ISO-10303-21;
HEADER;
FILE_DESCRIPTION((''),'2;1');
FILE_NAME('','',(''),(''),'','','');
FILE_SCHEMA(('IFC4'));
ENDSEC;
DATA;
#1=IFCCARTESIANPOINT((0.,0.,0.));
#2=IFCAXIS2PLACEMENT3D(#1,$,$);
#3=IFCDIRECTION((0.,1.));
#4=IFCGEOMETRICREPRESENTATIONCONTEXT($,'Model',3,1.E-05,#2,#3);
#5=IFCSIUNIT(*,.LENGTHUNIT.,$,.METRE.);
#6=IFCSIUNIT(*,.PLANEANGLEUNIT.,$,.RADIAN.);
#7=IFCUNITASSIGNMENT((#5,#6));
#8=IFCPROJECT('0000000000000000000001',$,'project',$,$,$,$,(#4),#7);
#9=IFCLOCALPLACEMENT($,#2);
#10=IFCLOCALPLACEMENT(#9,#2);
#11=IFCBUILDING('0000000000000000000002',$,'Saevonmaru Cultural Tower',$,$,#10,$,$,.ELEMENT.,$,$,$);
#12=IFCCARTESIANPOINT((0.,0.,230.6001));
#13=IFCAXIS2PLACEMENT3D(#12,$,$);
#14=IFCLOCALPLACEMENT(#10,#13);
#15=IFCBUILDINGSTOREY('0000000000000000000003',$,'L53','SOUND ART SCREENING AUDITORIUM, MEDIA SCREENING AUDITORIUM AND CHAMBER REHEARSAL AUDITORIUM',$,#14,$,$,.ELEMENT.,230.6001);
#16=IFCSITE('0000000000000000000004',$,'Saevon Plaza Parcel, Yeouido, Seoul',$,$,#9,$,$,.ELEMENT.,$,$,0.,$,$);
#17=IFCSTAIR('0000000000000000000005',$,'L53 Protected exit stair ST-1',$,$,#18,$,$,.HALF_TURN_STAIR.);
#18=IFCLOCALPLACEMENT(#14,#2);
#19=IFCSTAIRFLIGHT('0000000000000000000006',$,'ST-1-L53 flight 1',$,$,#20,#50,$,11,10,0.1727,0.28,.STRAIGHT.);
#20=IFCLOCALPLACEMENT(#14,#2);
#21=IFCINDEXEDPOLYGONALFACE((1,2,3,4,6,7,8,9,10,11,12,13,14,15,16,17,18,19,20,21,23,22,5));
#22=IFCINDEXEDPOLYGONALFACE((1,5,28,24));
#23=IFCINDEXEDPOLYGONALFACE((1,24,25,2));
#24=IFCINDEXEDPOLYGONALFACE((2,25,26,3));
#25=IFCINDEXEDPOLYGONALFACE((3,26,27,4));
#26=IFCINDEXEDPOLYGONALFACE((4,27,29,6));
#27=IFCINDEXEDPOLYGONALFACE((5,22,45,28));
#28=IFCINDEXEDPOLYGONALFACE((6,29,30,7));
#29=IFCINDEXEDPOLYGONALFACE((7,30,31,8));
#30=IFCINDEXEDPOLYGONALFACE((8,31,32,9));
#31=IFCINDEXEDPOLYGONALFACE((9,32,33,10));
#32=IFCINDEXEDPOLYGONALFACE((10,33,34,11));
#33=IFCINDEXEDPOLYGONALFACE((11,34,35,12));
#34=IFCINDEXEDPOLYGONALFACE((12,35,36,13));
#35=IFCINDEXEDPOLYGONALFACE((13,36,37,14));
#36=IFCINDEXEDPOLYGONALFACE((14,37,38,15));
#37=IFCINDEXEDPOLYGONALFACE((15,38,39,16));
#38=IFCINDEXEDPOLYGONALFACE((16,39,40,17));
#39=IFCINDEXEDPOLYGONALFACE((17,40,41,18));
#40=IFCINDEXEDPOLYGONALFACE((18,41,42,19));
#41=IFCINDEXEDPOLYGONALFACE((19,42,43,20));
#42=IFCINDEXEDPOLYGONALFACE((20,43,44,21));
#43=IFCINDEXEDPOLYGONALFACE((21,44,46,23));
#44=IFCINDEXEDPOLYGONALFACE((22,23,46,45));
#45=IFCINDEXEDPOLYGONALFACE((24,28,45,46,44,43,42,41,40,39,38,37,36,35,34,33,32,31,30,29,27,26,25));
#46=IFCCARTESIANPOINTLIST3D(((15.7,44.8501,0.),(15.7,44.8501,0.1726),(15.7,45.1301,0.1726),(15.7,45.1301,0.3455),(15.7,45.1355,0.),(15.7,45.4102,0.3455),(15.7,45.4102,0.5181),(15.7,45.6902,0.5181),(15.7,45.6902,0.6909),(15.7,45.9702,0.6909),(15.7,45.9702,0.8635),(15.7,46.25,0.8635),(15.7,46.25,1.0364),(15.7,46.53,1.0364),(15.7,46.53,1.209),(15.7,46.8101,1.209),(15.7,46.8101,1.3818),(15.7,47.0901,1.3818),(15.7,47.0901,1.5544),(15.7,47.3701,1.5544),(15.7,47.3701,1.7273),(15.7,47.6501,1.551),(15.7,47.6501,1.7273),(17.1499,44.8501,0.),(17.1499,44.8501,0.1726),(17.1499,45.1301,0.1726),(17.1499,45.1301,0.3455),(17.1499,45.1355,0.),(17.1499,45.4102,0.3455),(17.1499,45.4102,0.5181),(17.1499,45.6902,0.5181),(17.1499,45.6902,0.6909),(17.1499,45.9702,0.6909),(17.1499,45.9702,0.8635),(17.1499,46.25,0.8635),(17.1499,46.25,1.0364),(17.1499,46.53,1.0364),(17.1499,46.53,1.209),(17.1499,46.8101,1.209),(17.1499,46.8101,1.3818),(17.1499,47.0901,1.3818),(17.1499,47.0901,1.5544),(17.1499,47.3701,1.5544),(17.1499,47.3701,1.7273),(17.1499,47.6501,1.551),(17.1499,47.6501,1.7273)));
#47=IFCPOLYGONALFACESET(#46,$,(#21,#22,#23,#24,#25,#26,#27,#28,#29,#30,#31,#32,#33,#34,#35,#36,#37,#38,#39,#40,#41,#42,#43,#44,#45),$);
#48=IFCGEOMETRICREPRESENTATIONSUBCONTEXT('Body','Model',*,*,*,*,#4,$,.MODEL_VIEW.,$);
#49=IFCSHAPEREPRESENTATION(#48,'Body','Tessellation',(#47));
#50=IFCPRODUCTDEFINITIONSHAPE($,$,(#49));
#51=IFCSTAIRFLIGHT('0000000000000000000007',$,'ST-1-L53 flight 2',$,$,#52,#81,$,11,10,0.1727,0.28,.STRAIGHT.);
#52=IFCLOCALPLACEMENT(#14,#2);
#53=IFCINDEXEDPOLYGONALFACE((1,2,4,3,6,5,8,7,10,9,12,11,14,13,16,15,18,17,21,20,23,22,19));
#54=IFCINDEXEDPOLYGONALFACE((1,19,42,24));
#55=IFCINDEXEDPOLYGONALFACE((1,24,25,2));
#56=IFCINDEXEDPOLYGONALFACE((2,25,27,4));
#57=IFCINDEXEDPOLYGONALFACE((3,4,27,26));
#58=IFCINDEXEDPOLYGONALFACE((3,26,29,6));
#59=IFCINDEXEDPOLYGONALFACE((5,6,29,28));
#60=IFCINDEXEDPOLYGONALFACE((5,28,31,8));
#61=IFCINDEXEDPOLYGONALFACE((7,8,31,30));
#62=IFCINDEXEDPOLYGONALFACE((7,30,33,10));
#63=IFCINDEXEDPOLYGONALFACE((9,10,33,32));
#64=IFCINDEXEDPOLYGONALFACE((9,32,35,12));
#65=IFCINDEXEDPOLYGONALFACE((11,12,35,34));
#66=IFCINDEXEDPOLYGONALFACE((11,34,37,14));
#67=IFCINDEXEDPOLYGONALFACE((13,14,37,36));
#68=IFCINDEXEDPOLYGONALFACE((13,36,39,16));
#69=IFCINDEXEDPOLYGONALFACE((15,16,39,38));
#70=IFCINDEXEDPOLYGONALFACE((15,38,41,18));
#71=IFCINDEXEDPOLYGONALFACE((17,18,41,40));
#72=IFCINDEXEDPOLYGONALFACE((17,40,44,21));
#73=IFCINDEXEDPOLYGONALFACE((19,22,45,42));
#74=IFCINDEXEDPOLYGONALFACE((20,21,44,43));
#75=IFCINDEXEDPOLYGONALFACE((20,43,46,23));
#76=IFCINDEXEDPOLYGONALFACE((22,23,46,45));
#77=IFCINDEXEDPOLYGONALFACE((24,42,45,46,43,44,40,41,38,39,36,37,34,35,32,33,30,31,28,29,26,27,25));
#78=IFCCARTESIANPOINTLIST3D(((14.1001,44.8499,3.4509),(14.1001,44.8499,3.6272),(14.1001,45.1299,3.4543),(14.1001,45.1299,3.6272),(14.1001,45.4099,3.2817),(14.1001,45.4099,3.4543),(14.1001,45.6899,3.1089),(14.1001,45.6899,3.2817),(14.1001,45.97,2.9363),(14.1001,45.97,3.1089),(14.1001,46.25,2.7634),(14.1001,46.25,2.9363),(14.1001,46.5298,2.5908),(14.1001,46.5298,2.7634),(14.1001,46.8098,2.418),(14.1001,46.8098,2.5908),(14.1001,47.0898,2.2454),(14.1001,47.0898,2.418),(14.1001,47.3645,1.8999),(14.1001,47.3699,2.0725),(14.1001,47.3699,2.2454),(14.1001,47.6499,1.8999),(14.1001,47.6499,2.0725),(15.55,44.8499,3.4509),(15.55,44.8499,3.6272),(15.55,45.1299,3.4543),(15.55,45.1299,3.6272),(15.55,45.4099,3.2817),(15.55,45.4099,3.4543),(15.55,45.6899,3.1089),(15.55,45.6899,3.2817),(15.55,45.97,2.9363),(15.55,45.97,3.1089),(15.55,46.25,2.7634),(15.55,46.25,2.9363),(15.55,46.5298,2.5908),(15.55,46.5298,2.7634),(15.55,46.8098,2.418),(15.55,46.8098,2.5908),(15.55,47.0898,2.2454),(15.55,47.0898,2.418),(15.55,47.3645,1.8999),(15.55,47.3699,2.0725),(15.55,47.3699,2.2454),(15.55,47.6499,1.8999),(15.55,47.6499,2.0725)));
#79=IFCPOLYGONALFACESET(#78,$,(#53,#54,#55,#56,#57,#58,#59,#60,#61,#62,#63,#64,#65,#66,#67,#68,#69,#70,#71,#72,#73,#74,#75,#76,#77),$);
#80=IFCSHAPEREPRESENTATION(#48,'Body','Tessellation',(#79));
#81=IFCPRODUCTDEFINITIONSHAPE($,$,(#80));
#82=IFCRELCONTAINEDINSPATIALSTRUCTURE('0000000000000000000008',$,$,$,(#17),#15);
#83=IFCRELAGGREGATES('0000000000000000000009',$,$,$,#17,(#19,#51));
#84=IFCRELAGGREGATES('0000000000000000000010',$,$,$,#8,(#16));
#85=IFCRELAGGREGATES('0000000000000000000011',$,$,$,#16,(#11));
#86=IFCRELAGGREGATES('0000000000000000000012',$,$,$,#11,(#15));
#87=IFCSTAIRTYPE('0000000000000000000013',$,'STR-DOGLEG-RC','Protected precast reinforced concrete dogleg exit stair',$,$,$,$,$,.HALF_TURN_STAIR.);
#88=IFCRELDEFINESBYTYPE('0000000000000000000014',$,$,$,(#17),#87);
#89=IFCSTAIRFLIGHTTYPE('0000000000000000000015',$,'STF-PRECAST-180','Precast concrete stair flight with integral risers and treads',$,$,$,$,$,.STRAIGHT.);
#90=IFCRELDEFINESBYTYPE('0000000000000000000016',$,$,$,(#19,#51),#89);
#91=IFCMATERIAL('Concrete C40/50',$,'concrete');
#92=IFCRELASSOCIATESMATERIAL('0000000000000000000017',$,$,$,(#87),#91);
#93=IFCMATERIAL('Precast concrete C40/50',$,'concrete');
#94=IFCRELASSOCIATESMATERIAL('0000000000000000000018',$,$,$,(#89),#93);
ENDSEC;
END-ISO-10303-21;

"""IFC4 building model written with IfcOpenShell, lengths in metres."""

from ifc_helpers import new_model, si_unit, direction, frame, origin, place, context, subcontext, project, spatial, polyline, outline, extrude, material, type_object, element, aggregate, save


model = new_model("IFC4")

# Units and contexts
model_context = context("Model", 3, precision=1e-05, world=origin(), true_north=direction((0.0, 1.0)))
body_context = subcontext(model_context, "Body", "Model", "MODEL_VIEW")
ifc_project = project(units=[si_unit("LENGTHUNIT", "METRE"), si_unit("PLANEANGLEUNIT", "RADIAN")], contexts=[model_context])

# Site, building, storey
site_placement = place(None, origin())
site = spatial("IfcSite", under=ifc_project, at=site_placement, Name="Saevon Plaza Parcel, Yeouido, Seoul", CompositionType="ELEMENT", RefElevation=0.0)
building_placement = place(site_placement, origin())
building = spatial("IfcBuilding", under=site, at=building_placement, Name="Saevonmaru Cultural Tower", CompositionType="ELEMENT")
storey_placement = place(building_placement, frame((0.0, 0.0, 230.6001)))
storey = spatial("IfcBuildingStorey", under=building, at=storey_placement, Name="L53", Description="SOUND ART SCREENING AUDITORIUM, MEDIA SCREENING AUDITORIUM AND CHAMBER REHEARSAL AUDITORIUM", CompositionType="ELEMENT", Elevation=230.6001)

# Shared definitions
ifc_material_1 = material(Name="Concrete C40/50", Category="concrete")

# Stair, stair flights
stair_type = type_object("IfcStairType", Name="STR-DOGLEG-RC", Description="Protected precast reinforced concrete dogleg exit stair", PredefinedType="HALF_TURN_STAIR", material=ifc_material_1)
stair_placement = place(storey_placement, origin())
stair = element("IfcStair", 1, at=stair_placement, inside=storey, type_object=stair_type, Name="L53 Protected exit stair ST-1", PredefinedType="HALF_TURN_STAIR")
ifc_material_2 = material(Name="Precast concrete C40/50", Category="concrete")
stair_flight_type = type_object("IfcStairFlightType", Name="STF-PRECAST-180", Description="Precast concrete stair flight with integral risers and treads", PredefinedType="STRAIGHT", material=ifc_material_2)
stair_flight_1_placement = place(storey_placement, frame((16.425, 44.8501, 0.0), z_axis=(0.0, 0.0, 1.0), x_axis=(0.0, 1.0, 0.0)))
stair_flight_1 = element("IfcStairFlight", 2, at=stair_flight_1_placement, type_object=stair_flight_type, Name="ST-1-L53 flight 1", NumberOfRisers=11, NumberOfTreads=10, PredefinedType="STRAIGHT", RiserHeight=0.1727, TreadLength=0.28, context=body_context, shape_type="SweptSolid", body=[
    extrude(outline(polyline([(0.0, 0.0), (0.0, 0.1726), (0.28, 0.1726), (0.28, 0.3455), (0.5601, 0.3455), (0.5601, 0.5181), (0.8401, 0.5181), (0.8401, 0.6909), (1.1201, 0.6909), (1.1201, 0.8635), (1.3999, 0.8635), (1.3999, 1.0364), (1.6799, 1.0364), (1.6799, 1.209), (1.96, 1.209), (1.96, 1.3818), (2.24, 1.3818), (2.24, 1.5544), (2.52, 1.5544), (2.52, 1.7273), (2.8, 1.7273), (2.8, 1.8999), (2.8, 1.551), (0.2854, 0.0), (0.0, 0.0)])), frame((0.0, 0.7251, 0.0), z_axis=(0.0, -1.0, 0.0), x_axis=(1.0, 0.0, 0.0)), (0.0, 0.0, 1.0), 1.45),
])
stair_flight_2_placement = place(storey_placement, frame((14.825, 47.6499, 1.8999), z_axis=(0.0, 0.0, 1.0), x_axis=(0.0, -1.0, 0.0)))
stair_flight_2 = element("IfcStairFlight", 3, at=stair_flight_2_placement, type_object=stair_flight_type, Name="ST-1-L53 flight 2", NumberOfRisers=11, NumberOfTreads=10, PredefinedType="STRAIGHT", RiserHeight=0.1727, TreadLength=0.28, context=body_context, shape_type="SweptSolid", body=[
    extrude(outline(polyline([(0.0, 0.0), (0.0, 0.1726), (0.28, 0.1726), (0.28, 0.3455), (0.5601, 0.3455), (0.5601, 0.5181), (0.8401, 0.5181), (0.8401, 0.6909), (1.1201, 0.6909), (1.1201, 0.8635), (1.3999, 0.8635), (1.3999, 1.0364), (1.6799, 1.0364), (1.6799, 1.209), (1.96, 1.209), (1.96, 1.3818), (2.24, 1.3818), (2.24, 1.5544), (2.52, 1.5544), (2.52, 1.7273), (2.8, 1.7273), (2.8, 1.8999), (2.8, 1.551), (0.2854, 0.0), (0.0, 0.0)])), frame((0.0, 0.7251, 0.0), z_axis=(0.0, -1.0, 0.0), x_axis=(1.0, 0.0, 0.0)), (0.0, 0.0, 1.0), 1.45),
])
aggregate(stair, [stair_flight_1, stair_flight_2])

save(model, "model.ifc")
